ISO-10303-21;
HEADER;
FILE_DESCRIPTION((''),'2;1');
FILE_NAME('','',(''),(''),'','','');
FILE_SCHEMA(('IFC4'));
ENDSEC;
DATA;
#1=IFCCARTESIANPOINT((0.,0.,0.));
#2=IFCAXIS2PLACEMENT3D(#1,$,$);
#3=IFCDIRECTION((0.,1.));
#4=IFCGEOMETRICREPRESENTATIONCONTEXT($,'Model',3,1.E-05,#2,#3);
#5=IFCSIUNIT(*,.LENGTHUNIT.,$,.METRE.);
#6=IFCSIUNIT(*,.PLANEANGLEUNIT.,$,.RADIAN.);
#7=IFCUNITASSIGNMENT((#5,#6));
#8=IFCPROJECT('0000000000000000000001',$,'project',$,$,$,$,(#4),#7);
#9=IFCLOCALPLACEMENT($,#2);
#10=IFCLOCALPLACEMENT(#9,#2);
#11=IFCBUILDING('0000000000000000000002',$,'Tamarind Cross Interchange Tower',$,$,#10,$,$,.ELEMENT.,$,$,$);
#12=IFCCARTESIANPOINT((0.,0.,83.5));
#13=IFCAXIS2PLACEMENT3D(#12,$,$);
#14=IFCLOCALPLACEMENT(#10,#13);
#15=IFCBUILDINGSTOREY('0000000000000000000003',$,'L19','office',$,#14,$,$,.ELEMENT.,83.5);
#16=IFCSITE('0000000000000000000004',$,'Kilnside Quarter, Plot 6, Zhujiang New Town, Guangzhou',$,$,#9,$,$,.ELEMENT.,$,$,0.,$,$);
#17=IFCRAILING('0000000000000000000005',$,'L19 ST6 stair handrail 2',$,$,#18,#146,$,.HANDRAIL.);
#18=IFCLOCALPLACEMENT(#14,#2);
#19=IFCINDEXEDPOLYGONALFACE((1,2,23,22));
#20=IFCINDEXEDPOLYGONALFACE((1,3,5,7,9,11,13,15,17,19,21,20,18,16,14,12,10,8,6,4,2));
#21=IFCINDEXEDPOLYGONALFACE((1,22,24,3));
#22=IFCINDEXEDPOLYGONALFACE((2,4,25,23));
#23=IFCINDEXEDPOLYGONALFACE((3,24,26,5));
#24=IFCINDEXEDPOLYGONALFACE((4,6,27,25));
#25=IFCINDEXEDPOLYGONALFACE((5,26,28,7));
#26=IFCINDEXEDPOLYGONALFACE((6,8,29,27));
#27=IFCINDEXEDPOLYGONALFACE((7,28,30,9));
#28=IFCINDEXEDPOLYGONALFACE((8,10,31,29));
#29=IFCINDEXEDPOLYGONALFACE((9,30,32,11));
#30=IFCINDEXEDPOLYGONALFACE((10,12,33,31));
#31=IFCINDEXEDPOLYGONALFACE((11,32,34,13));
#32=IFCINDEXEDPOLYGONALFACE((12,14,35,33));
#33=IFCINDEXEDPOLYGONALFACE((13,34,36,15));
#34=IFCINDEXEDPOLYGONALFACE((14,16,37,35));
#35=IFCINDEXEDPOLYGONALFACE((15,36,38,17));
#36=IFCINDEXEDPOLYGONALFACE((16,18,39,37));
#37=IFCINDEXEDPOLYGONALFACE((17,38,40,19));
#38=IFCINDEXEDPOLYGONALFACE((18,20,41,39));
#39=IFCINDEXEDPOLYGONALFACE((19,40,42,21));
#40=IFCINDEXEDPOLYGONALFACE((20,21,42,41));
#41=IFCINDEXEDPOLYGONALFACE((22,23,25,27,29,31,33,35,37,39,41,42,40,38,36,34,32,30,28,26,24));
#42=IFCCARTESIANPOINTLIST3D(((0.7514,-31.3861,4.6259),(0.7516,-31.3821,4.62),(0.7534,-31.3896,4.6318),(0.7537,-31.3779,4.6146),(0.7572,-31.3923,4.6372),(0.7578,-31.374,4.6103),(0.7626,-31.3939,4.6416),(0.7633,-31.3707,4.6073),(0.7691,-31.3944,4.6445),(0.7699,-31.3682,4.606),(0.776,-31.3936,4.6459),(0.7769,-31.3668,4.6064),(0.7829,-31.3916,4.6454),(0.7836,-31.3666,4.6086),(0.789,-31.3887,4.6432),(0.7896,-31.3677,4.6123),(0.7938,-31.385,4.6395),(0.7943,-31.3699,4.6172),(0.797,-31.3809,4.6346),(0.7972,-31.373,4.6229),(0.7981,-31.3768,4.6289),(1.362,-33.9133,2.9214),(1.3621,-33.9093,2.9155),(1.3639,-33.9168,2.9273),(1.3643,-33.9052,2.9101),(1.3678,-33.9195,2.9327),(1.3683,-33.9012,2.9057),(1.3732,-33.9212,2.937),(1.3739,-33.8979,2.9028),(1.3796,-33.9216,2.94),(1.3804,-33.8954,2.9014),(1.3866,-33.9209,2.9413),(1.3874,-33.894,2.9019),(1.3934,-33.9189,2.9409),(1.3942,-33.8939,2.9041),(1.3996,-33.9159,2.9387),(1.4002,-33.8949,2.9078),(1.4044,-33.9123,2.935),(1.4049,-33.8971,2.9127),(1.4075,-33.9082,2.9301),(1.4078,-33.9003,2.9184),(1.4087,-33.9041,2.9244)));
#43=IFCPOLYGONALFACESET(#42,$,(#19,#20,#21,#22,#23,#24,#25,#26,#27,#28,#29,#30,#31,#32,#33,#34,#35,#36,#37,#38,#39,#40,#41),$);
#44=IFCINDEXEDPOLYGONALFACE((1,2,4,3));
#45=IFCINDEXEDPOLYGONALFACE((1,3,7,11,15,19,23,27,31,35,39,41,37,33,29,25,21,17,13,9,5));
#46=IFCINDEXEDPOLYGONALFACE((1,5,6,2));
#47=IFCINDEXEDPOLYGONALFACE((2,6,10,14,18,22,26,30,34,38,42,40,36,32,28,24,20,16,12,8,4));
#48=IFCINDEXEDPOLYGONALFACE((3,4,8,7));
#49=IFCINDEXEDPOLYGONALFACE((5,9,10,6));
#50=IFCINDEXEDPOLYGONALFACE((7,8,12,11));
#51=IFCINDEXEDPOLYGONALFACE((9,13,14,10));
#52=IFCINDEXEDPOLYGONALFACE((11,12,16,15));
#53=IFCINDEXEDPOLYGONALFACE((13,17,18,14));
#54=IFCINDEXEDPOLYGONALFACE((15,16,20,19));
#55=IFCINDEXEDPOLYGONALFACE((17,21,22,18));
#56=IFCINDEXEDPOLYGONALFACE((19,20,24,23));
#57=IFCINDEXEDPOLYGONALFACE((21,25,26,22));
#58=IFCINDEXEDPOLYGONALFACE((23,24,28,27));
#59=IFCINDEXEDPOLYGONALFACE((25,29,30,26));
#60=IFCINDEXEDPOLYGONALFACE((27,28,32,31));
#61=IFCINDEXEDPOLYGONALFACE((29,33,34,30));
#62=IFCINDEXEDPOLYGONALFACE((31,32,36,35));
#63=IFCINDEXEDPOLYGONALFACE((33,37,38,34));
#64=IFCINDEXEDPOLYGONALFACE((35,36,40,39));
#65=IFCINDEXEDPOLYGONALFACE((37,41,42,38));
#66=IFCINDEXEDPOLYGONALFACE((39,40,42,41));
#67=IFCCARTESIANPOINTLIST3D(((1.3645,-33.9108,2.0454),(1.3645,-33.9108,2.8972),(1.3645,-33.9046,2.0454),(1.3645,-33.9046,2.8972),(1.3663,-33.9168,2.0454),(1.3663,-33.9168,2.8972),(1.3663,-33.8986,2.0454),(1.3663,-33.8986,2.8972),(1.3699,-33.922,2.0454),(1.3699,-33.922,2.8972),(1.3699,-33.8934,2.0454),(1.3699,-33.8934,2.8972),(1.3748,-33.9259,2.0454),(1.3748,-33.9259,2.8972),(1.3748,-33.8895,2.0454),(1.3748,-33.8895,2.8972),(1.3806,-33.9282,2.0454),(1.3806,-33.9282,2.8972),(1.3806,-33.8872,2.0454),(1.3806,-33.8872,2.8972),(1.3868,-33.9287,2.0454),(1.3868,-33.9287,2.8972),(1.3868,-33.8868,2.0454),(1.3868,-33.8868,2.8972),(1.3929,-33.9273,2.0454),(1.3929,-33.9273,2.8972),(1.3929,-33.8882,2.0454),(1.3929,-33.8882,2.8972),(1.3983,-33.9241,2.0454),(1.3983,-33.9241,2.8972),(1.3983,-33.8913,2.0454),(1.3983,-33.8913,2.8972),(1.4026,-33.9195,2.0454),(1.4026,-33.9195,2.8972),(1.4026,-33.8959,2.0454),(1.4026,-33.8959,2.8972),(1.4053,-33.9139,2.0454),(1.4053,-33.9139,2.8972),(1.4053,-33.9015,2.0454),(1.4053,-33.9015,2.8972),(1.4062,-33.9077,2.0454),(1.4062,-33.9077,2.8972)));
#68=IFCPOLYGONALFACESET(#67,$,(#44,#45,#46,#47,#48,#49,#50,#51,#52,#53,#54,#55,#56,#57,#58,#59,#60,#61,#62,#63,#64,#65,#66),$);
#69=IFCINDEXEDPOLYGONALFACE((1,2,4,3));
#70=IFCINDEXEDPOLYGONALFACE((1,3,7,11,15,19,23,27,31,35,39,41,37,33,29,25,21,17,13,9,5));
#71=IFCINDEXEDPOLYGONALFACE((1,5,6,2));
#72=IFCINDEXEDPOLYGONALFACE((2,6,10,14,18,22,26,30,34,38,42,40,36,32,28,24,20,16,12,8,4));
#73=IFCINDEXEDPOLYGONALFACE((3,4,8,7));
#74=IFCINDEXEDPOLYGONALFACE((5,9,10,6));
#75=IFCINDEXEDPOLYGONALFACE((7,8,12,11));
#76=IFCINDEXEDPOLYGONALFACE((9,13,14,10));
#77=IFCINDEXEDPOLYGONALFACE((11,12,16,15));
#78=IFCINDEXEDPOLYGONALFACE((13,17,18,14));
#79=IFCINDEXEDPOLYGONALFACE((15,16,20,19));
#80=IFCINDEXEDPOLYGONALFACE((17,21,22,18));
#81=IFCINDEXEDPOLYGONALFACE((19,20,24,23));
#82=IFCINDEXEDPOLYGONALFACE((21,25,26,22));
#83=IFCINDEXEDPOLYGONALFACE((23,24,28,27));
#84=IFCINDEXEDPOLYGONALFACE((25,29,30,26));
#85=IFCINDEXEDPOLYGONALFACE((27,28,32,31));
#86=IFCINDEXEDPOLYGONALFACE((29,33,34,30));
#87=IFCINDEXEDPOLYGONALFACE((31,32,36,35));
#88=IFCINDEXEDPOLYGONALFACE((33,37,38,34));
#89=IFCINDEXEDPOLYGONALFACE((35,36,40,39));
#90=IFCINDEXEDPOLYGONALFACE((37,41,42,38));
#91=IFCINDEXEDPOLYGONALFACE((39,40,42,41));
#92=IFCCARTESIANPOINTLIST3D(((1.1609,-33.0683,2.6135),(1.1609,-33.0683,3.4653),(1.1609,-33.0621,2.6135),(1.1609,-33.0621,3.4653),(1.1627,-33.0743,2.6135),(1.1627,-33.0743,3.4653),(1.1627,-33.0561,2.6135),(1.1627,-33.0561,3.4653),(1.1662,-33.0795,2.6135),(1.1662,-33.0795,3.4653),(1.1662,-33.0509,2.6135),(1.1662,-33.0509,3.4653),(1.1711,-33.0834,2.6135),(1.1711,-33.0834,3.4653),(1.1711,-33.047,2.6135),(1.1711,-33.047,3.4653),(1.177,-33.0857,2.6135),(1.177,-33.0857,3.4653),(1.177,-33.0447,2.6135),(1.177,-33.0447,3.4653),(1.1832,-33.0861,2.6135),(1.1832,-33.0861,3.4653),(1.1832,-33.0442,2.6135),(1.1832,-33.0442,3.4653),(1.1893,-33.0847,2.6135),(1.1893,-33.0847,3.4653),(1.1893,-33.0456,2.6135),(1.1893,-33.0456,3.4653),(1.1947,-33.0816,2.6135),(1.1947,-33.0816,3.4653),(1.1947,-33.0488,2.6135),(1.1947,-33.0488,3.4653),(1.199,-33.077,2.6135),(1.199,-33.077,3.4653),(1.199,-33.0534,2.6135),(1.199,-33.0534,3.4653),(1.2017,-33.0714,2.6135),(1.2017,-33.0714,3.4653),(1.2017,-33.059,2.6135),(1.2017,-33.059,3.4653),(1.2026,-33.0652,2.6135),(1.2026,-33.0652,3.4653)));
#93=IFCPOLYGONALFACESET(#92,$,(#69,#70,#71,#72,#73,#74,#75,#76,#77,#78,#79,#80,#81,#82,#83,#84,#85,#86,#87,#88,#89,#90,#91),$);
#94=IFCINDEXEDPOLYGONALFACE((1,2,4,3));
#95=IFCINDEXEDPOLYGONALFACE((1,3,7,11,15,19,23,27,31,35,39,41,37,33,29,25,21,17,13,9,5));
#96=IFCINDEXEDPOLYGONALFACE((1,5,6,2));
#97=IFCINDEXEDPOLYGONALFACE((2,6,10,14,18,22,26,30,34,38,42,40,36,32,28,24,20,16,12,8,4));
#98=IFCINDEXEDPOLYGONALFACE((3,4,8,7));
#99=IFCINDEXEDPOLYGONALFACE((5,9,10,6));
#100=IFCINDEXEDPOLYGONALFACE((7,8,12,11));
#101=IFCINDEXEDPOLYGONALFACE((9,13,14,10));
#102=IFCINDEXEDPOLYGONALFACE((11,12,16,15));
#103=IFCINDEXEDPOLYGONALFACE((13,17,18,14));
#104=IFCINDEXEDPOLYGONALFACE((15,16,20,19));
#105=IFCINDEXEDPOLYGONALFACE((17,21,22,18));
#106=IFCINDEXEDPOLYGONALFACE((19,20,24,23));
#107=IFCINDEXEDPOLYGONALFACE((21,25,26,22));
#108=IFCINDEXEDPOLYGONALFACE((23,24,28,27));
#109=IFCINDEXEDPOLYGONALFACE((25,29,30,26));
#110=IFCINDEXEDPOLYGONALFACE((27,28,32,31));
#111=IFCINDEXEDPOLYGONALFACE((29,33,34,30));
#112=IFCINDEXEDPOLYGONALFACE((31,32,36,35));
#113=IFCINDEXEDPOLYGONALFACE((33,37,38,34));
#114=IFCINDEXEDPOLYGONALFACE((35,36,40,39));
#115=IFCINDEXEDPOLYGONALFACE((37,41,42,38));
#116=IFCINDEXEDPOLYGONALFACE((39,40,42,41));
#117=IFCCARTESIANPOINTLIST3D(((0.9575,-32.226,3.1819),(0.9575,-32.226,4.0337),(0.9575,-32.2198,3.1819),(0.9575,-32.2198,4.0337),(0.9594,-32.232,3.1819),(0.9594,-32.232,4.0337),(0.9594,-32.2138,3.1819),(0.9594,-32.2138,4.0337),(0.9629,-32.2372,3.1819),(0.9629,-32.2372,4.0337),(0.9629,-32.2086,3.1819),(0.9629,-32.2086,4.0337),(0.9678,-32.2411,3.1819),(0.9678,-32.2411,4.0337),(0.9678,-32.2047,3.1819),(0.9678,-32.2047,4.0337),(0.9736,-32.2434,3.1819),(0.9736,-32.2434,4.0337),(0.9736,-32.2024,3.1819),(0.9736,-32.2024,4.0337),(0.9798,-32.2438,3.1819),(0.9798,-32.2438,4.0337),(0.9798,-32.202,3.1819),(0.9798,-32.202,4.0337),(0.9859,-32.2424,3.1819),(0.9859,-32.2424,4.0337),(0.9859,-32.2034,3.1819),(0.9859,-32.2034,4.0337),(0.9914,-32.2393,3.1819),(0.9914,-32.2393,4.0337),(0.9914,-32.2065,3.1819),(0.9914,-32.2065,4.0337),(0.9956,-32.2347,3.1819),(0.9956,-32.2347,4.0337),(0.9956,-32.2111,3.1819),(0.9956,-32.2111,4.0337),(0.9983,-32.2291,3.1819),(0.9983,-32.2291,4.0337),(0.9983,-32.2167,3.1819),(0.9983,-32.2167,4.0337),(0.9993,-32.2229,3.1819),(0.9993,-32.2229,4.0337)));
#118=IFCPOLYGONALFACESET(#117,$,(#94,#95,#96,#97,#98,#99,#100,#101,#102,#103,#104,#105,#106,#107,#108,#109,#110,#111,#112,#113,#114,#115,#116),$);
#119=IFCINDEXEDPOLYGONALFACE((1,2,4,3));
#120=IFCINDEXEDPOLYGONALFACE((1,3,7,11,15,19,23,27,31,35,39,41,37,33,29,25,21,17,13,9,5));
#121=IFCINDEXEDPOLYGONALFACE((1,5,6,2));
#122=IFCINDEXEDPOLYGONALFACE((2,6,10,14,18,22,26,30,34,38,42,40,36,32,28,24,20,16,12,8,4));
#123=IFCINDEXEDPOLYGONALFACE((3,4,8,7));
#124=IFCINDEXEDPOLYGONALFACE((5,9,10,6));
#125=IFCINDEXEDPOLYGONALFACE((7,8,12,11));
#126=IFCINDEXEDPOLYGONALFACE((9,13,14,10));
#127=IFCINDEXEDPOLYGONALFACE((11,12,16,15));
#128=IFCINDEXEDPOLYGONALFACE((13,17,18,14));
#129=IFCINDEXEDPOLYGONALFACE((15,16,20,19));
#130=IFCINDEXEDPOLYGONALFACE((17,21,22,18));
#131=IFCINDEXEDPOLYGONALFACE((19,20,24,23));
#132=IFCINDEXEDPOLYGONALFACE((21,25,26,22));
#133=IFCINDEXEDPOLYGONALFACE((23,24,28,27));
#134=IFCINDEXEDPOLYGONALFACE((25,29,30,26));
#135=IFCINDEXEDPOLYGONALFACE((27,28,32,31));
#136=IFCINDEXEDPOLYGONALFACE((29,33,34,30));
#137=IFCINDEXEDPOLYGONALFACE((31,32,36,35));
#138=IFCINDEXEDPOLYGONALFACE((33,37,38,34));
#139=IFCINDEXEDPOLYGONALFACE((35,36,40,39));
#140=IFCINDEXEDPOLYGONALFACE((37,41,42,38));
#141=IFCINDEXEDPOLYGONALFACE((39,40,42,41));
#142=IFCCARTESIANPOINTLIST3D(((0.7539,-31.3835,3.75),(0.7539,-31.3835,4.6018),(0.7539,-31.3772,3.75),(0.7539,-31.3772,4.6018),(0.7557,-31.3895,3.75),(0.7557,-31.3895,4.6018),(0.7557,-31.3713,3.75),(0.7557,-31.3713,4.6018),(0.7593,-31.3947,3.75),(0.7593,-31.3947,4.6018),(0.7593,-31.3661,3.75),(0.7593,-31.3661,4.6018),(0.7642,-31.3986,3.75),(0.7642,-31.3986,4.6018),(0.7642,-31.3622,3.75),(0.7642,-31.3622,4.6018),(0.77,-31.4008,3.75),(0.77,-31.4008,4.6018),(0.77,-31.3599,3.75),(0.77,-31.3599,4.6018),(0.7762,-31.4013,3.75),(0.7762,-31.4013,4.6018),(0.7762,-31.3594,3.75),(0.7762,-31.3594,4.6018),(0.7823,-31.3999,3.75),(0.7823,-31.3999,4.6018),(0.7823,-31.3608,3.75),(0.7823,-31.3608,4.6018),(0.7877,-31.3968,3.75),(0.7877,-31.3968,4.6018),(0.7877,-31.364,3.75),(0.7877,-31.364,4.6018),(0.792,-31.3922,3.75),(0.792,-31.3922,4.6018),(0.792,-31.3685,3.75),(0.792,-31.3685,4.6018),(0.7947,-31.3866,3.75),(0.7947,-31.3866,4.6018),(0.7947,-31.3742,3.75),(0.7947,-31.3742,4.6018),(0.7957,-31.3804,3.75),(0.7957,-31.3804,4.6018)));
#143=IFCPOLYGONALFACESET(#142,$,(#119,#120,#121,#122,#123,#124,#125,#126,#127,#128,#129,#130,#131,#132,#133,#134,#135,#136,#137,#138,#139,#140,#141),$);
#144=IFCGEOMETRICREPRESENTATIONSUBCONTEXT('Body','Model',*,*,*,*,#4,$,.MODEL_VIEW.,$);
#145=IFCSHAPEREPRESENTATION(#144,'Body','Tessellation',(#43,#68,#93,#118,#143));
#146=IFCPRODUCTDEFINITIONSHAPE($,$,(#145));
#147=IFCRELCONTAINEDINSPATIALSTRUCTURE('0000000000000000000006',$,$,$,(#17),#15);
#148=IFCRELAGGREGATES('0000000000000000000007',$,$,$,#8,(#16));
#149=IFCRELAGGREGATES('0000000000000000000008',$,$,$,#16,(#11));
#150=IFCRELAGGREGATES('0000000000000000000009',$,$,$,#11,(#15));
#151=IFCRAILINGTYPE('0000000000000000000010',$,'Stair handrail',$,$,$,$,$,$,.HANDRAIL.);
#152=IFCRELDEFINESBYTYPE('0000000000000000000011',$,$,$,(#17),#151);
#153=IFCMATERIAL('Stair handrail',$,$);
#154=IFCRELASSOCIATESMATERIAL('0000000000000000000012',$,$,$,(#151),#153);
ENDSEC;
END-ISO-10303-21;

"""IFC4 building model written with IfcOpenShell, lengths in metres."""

from ifc_helpers import new_model, si_unit, direction, frame, origin, origin_2d, place, context, subcontext, project, spatial, circle, extrude, material, type_object, element, save


model = new_model("IFC4")

# Units and contexts
model_context = context("Model", 3, precision=1e-05, world=origin(), true_north=direction((0.0, 1.0)))
body_context = subcontext(model_context, "Body", "Model", "MODEL_VIEW")
ifc_project = project(units=[si_unit("LENGTHUNIT", "METRE"), si_unit("PLANEANGLEUNIT", "RADIAN")], contexts=[model_context])

# Site, building, storey
site_placement = place(None, origin())
site = spatial("IfcSite", under=ifc_project, at=site_placement, Name="Kilnside Quarter, Plot 6, Zhujiang New Town, Guangzhou", CompositionType="ELEMENT", RefElevation=0.0)
building_placement = place(site_placement, origin())
building = spatial("IfcBuilding", under=site, at=building_placement, Name="Tamarind Cross Interchange Tower", CompositionType="ELEMENT")
storey_placement = place(building_placement, frame((0.0, 0.0, 83.5)))
storey = spatial("IfcBuildingStorey", under=building, at=storey_placement, Name="L19", Description="office", CompositionType="ELEMENT", Elevation=83.5)

# Railing
ifc_material_1 = material(Name="Stair handrail")
railing_type_1 = type_object("IfcRailingType", Name="Stair handrail", PredefinedType="HANDRAIL", material=ifc_material_1)
railing_1_placement = place(storey_placement, frame((1.3853, -33.9077, 2.0454)))
element("IfcRailing", 1, at=railing_1_placement, inside=storey, type_object=railing_type_1, Name="L19 ST6 stair handrail 2", PredefinedType="HANDRAIL", context=body_context, shape_type="SweptSolid", body=[
    extrude(circle(Radius=0.0239, at=origin_2d()), frame((0.0, 0.0, 0.876), z_axis=(-0.196396, 0.81291, 0.548275), x_axis=(-0.972034, -0.234839, 0.0)), (0.0, 0.0, 1.0), 3.1089),
    extrude(circle(Radius=0.021, at=origin_2d()), origin(), (0.0, 0.0, 1.0), 0.8518),
    extrude(circle(Radius=0.021, at=origin_2d()), frame((-0.2036, 0.8425, 0.5681)), (0.0, 0.0, 1.0), 0.8518),
    extrude(circle(Radius=0.021, at=origin_2d()), frame((-0.407, 1.6848, 1.1365)), (0.0, 0.0, 1.0), 0.8518),
    extrude(circle(Radius=0.021, at=origin_2d()), frame((-0.6106, 2.5273, 1.7046)), (0.0, 0.0, 1.0), 0.8518),
])

save(model, "model.ifc")
